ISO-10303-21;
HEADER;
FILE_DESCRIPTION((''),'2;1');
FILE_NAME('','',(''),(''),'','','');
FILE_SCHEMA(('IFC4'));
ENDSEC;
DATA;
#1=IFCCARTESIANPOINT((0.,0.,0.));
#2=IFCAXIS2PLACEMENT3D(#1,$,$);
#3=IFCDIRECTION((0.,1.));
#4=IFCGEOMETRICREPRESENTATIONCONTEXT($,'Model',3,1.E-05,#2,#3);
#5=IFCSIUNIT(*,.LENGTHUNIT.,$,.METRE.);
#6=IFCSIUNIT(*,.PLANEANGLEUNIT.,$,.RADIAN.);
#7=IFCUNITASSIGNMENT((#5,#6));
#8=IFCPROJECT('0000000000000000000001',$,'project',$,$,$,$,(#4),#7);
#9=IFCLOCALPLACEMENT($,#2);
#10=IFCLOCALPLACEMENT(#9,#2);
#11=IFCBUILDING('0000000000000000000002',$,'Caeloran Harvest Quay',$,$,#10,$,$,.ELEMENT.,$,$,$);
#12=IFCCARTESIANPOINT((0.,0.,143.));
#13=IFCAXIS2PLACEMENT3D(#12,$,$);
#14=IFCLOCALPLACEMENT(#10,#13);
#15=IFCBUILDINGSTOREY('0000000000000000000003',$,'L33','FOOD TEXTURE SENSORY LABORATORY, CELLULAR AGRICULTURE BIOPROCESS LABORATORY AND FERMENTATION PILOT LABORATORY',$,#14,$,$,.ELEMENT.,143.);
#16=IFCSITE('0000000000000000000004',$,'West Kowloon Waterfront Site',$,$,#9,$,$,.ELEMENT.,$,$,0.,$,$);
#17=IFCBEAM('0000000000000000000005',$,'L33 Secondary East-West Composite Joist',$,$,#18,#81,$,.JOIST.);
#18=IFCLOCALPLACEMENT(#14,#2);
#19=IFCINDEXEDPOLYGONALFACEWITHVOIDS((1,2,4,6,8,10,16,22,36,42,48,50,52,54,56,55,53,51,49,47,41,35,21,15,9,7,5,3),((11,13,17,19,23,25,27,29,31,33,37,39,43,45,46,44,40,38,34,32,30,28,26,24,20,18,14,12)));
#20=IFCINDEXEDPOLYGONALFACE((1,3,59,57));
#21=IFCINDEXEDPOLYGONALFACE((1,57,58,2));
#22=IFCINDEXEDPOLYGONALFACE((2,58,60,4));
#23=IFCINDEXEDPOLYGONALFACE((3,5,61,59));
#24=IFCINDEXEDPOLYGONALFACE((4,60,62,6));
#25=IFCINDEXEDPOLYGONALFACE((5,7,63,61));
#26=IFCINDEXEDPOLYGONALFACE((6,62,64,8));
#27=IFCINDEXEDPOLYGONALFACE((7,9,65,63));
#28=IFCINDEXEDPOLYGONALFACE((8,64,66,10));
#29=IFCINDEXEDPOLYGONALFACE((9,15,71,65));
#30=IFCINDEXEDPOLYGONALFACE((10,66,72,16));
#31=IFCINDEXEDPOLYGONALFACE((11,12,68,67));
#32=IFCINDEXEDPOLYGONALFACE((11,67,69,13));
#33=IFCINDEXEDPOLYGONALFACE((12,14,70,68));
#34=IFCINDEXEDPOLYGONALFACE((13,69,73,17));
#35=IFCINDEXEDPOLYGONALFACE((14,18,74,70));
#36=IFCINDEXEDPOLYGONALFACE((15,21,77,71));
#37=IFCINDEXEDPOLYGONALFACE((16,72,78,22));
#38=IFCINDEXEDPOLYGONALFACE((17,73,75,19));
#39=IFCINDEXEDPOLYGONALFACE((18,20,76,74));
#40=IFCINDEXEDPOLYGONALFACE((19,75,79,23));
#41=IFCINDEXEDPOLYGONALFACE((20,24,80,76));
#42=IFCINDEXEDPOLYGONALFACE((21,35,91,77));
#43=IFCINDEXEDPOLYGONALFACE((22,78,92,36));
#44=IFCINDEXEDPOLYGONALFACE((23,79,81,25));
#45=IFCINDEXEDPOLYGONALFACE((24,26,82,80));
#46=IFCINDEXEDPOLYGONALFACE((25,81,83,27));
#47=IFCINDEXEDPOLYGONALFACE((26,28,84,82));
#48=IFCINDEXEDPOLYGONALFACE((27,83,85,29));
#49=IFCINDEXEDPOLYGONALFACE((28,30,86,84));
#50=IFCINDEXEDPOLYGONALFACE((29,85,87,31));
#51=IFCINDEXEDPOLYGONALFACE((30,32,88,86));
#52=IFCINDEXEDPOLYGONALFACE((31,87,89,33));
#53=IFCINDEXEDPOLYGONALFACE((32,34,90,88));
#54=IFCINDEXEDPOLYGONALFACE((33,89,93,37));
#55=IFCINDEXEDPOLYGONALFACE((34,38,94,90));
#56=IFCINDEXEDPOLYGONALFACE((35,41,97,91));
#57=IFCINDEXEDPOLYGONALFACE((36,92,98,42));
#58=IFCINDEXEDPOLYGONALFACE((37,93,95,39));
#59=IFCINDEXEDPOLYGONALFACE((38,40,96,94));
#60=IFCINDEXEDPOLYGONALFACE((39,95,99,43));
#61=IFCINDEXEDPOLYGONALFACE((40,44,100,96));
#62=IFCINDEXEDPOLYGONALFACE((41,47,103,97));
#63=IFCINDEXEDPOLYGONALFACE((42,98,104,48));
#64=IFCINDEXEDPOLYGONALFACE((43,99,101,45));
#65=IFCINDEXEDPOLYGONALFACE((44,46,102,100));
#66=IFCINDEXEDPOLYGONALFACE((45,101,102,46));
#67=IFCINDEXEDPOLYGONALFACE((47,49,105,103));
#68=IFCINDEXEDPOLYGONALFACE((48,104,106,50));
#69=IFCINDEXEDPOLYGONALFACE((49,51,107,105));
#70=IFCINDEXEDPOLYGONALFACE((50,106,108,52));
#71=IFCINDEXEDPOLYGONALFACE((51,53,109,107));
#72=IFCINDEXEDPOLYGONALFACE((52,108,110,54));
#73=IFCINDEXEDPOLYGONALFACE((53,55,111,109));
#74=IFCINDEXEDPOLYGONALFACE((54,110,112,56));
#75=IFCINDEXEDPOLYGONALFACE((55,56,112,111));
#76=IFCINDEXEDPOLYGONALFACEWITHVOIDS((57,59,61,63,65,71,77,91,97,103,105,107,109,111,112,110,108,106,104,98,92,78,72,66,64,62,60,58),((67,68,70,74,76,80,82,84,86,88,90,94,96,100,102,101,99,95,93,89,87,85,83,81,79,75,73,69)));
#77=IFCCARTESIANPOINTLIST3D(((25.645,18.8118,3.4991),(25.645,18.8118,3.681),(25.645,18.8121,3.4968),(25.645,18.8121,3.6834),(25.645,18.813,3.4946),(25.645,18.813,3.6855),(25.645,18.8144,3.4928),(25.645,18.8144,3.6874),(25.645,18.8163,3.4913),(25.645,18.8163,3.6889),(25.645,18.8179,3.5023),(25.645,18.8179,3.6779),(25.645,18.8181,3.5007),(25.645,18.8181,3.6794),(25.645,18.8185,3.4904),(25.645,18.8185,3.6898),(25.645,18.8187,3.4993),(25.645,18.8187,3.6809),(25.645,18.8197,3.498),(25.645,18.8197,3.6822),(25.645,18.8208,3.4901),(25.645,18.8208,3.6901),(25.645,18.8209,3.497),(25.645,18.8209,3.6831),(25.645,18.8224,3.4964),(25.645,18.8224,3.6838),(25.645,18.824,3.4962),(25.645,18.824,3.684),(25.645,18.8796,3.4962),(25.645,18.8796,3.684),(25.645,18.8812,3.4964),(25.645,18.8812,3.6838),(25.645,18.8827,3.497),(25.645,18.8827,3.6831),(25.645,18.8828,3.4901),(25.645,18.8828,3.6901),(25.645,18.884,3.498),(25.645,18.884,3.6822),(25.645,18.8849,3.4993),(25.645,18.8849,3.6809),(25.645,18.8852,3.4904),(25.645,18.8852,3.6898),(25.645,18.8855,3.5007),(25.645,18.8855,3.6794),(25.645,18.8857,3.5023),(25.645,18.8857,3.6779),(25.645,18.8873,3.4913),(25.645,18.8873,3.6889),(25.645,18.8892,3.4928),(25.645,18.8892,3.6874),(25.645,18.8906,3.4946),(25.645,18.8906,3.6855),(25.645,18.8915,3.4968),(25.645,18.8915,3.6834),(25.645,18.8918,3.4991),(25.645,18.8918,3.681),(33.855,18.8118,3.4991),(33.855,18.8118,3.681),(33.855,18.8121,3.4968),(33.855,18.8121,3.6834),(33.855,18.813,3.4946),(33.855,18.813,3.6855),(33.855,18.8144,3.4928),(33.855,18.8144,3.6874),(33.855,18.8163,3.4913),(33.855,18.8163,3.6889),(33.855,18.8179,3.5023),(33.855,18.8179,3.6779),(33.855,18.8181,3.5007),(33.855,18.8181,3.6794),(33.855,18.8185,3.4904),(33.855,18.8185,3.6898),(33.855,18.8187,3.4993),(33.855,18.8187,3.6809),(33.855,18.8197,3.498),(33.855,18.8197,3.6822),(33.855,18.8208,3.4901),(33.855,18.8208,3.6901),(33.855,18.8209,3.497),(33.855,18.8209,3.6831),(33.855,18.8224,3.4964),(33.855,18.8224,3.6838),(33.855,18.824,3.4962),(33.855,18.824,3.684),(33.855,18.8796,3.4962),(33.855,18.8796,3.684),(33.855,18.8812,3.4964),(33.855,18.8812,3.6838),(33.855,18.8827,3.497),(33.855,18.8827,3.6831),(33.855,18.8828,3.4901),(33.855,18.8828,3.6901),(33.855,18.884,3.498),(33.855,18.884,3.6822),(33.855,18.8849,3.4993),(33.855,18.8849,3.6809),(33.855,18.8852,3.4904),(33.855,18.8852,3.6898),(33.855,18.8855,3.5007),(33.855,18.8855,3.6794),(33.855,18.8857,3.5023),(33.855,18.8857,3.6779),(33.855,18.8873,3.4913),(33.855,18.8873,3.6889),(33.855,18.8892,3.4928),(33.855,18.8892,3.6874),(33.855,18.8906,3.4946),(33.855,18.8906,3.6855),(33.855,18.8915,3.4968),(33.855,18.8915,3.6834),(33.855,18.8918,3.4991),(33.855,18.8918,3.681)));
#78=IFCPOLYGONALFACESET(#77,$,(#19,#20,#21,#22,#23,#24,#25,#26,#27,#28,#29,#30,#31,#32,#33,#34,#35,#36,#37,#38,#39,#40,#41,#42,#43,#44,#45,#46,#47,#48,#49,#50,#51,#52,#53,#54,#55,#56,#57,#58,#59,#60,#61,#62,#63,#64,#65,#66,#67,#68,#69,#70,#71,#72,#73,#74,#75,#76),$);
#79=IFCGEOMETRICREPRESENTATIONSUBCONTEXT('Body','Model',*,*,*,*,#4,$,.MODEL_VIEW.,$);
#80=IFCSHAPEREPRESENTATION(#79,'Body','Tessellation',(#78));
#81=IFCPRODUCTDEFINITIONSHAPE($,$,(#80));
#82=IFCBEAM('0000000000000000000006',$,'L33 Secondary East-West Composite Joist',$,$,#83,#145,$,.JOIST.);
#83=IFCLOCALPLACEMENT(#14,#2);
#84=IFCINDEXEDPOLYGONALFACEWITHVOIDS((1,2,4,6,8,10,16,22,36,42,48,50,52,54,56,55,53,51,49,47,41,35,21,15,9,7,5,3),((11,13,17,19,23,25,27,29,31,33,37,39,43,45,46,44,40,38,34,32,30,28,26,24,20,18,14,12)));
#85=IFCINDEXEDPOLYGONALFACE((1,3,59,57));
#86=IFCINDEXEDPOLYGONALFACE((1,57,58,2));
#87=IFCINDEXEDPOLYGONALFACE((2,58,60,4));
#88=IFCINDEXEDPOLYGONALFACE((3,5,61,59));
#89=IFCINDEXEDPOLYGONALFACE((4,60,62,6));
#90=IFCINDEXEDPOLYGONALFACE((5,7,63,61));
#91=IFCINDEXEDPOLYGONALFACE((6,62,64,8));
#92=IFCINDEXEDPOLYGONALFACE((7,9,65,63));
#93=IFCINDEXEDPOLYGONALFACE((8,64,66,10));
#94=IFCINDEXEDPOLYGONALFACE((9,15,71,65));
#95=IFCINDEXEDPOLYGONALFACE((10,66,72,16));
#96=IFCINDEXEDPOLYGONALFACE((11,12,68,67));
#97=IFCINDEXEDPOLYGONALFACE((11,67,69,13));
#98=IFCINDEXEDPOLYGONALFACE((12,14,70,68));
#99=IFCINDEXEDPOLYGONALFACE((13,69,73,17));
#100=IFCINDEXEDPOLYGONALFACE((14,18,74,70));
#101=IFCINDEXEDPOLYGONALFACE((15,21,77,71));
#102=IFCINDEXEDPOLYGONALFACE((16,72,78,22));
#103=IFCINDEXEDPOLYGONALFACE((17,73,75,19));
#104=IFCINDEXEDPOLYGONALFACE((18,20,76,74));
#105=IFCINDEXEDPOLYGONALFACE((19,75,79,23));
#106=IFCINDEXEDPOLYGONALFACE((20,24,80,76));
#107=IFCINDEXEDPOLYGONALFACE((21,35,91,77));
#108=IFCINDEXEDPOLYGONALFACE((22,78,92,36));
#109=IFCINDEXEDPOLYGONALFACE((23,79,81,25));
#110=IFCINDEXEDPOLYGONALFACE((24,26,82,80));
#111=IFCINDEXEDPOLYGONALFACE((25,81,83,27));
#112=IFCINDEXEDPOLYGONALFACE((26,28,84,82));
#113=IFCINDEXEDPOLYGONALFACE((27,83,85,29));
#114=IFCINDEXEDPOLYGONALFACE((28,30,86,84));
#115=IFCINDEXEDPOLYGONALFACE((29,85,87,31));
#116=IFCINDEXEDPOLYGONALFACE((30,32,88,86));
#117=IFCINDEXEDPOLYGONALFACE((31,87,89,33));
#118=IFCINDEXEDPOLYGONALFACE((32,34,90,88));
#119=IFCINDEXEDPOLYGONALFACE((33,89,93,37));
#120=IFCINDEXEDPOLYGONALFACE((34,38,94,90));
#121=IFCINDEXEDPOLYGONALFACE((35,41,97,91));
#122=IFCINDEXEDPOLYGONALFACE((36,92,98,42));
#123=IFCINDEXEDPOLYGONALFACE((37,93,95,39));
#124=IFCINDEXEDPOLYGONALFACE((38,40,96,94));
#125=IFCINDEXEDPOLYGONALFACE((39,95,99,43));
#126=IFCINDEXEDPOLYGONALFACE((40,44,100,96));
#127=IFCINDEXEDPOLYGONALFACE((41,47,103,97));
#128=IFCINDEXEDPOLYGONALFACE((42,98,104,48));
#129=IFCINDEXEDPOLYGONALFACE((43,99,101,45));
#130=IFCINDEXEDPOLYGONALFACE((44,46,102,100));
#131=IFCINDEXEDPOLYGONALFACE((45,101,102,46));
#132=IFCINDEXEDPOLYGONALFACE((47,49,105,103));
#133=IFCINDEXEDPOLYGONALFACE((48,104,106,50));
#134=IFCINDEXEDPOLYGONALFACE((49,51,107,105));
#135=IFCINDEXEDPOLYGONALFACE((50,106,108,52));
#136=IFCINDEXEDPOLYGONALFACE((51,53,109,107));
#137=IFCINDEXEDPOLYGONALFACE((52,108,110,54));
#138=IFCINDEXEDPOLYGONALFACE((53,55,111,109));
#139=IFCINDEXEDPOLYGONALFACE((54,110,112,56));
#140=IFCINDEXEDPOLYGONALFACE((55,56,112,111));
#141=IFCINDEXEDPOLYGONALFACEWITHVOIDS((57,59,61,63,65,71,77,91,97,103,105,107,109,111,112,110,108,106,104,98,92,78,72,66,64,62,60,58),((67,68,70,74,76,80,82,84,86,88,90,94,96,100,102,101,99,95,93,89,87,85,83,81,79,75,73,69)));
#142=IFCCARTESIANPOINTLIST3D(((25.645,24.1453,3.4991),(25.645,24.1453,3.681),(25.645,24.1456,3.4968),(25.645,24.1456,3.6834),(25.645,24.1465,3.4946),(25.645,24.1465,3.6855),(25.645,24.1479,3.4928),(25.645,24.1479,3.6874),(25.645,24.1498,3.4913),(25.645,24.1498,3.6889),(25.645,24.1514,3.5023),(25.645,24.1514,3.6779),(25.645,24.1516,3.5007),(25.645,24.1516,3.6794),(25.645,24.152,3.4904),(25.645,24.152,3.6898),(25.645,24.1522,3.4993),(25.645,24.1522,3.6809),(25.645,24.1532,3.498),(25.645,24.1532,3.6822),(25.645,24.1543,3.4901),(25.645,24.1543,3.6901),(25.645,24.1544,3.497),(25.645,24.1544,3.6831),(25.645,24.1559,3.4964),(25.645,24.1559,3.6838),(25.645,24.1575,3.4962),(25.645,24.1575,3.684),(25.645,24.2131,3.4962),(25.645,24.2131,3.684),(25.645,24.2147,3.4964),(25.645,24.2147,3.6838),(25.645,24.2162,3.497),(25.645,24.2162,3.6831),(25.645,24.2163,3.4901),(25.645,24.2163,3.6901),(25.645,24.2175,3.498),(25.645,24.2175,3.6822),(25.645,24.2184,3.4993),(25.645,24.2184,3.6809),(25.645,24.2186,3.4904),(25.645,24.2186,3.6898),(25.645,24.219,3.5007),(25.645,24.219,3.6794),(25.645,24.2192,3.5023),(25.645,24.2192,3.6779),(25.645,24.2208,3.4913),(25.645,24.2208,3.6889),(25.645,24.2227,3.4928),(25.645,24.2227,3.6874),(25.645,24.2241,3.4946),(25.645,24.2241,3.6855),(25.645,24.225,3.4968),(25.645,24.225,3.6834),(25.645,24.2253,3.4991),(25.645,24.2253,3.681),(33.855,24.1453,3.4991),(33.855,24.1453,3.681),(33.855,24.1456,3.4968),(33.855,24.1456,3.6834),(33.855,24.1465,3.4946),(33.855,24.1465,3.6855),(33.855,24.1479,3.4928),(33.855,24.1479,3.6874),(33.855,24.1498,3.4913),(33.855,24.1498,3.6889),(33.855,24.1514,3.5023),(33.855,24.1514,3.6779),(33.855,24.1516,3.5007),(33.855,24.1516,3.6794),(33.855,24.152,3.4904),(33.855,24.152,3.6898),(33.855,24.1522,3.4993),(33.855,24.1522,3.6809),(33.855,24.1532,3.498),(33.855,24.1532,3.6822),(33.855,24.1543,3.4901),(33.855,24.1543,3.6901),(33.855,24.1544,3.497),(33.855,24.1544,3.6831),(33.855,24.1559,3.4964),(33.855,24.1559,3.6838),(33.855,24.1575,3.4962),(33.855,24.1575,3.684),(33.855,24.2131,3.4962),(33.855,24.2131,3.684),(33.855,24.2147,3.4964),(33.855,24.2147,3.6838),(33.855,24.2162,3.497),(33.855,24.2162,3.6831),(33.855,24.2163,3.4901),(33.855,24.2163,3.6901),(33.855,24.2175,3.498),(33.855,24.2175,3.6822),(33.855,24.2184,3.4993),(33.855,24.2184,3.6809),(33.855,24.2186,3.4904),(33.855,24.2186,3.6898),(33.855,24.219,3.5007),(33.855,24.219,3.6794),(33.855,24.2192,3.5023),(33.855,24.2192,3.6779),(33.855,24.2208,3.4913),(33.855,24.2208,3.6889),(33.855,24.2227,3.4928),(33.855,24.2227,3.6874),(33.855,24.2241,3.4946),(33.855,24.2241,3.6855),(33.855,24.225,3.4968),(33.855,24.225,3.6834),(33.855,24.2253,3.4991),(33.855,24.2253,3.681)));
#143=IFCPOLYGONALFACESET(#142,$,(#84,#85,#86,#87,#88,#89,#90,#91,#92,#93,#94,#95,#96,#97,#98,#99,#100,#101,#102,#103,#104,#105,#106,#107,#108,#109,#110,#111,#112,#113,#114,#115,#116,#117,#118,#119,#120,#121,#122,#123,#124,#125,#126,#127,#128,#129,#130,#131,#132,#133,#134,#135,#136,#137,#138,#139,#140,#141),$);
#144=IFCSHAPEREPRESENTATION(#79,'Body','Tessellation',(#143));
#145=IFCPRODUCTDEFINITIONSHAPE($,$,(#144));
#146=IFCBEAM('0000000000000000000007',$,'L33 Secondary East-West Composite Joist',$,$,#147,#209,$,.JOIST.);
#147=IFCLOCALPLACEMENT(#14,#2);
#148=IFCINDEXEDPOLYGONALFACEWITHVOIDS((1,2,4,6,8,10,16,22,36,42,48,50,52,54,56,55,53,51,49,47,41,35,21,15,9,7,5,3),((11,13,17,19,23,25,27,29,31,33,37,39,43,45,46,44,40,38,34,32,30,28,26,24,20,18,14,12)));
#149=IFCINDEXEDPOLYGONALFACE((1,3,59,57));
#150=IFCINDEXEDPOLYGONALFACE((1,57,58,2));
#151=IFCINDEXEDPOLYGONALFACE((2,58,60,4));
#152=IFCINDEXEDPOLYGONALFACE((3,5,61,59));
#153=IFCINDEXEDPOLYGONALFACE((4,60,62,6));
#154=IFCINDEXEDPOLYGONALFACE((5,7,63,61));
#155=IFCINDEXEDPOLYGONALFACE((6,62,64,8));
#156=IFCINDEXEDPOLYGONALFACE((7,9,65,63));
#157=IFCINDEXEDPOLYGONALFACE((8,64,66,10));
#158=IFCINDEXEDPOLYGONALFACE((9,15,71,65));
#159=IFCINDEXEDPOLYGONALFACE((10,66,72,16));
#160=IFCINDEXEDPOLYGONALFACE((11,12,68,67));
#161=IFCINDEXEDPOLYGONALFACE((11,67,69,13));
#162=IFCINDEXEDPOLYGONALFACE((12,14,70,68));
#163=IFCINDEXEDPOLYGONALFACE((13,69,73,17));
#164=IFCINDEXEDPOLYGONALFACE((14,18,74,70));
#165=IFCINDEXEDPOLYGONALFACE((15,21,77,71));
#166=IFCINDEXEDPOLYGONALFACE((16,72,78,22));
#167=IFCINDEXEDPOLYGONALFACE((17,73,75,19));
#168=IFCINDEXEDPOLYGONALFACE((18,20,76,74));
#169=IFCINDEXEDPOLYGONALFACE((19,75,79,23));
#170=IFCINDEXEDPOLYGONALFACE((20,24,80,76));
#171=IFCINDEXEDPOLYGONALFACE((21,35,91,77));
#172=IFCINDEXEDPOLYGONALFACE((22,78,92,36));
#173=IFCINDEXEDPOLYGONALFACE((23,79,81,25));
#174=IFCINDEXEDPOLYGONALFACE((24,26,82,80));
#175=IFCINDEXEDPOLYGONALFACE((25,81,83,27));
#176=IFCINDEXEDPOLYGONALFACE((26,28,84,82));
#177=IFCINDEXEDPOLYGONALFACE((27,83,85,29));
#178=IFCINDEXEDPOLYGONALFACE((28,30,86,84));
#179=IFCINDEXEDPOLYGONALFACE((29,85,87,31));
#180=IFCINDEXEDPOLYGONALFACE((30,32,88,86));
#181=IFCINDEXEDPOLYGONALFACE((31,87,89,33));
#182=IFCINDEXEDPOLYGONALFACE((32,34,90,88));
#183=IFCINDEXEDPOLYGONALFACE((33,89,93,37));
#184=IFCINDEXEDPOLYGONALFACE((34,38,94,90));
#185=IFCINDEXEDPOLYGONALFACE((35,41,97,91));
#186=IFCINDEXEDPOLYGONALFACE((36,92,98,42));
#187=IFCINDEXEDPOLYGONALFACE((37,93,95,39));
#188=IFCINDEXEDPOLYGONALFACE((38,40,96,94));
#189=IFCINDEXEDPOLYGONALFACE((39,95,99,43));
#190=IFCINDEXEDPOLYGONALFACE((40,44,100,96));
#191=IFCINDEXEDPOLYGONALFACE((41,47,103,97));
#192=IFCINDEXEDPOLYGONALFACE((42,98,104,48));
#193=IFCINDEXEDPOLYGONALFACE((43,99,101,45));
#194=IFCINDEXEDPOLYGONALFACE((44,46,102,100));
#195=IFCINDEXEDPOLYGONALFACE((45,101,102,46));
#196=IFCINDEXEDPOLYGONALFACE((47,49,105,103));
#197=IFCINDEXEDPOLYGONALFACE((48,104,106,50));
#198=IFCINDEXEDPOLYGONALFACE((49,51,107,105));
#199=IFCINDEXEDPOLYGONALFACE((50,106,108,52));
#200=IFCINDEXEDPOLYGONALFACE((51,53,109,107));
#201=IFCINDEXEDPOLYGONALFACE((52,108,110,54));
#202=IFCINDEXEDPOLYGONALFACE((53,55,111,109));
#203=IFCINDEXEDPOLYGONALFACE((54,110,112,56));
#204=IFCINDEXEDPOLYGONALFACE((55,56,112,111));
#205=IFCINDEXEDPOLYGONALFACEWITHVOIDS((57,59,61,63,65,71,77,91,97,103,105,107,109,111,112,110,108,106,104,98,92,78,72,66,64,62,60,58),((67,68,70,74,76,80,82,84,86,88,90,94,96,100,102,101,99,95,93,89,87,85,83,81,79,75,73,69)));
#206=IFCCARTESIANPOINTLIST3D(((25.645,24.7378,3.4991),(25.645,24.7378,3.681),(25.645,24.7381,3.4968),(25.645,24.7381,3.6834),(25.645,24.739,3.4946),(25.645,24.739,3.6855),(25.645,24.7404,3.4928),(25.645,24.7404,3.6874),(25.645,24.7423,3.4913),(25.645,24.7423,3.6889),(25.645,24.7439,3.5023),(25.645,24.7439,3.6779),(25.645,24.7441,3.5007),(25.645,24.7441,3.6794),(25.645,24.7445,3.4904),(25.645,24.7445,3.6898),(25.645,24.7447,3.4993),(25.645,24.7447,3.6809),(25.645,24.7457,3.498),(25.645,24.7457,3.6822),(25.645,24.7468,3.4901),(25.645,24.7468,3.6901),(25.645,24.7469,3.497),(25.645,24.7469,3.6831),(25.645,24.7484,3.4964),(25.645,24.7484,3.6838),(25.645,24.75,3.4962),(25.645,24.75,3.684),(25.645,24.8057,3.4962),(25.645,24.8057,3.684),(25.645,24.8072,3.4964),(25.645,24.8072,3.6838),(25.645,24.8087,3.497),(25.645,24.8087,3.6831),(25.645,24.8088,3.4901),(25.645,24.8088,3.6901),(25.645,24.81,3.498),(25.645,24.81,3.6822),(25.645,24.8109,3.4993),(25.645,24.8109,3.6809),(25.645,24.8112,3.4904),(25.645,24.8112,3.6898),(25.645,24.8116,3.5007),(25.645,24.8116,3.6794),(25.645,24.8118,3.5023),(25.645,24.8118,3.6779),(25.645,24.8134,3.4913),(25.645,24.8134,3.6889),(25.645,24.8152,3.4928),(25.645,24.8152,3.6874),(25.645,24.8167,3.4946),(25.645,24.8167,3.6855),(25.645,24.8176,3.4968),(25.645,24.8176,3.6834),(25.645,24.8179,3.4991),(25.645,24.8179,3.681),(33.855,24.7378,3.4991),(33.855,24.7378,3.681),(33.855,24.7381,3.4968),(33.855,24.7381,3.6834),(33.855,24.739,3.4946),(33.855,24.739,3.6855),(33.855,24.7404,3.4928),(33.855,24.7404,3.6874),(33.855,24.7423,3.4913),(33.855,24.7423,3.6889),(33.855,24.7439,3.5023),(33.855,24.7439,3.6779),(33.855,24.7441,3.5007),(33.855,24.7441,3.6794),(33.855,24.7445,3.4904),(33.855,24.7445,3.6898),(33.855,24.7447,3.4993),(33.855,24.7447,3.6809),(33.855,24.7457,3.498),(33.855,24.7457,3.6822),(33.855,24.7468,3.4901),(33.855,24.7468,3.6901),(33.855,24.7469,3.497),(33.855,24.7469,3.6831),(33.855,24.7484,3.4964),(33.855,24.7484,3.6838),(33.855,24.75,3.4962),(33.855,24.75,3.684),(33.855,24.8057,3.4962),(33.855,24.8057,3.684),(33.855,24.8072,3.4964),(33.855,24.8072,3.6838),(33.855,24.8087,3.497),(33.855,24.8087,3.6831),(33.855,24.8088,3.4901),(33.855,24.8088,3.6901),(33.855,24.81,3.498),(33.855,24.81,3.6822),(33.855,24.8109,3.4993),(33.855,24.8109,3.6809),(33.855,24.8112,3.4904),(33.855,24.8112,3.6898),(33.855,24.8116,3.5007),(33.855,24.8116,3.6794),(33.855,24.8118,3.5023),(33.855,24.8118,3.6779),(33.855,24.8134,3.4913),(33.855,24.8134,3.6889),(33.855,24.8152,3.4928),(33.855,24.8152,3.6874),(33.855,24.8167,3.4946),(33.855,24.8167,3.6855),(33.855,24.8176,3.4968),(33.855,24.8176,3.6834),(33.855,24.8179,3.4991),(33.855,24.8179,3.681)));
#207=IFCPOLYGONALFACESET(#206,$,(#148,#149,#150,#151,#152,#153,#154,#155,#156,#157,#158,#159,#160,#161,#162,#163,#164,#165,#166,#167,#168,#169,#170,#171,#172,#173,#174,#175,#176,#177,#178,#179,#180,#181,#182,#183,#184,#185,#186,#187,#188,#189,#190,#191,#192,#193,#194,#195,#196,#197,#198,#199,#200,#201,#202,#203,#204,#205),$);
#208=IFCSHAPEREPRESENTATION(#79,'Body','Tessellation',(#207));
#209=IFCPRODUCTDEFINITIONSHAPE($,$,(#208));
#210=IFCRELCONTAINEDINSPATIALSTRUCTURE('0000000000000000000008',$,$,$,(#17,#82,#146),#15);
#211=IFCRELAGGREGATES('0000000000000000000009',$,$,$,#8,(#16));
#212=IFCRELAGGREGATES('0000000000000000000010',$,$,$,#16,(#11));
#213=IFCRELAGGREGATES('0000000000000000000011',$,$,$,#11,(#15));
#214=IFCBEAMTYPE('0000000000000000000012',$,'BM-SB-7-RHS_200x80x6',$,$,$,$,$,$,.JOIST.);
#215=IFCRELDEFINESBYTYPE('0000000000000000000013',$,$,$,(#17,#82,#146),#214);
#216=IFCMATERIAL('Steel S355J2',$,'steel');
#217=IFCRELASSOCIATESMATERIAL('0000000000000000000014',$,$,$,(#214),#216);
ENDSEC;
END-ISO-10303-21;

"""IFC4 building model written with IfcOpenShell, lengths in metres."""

from ifc_helpers import new_model, si_unit, direction, frame, origin, origin_2d, place, context, subcontext, project, spatial, hollow_rectangle, extrude, material, material_profile, profile_set, type_object, element, save


model = new_model("IFC4")

# Units and contexts
model_context = context("Model", 3, precision=1e-05, world=origin(), true_north=direction((0.0, 1.0)))
body_context = subcontext(model_context, "Body", "Model", "MODEL_VIEW")
ifc_project = project(units=[si_unit("LENGTHUNIT", "METRE"), si_unit("PLANEANGLEUNIT", "RADIAN")], contexts=[model_context])

# Site, building, storey
site_placement = place(None, origin())
site = spatial("IfcSite", under=ifc_project, at=site_placement, Name="West Kowloon Waterfront Site", CompositionType="ELEMENT", RefElevation=0.0)
building_placement = place(site_placement, origin())
building = spatial("IfcBuilding", under=site, at=building_placement, Name="Caeloran Harvest Quay", CompositionType="ELEMENT")
storey_placement = place(building_placement, frame((0.0, 0.0, 143.0)))
storey = spatial("IfcBuildingStorey", under=building, at=storey_placement, Name="L33", Description="FOOD TEXTURE SENSORY LABORATORY, CELLULAR AGRICULTURE BIOPROCESS LABORATORY AND FERMENTATION PILOT LABORATORY", CompositionType="ELEMENT", Elevation=143.0)

# Beams
ifc_material_1 = material(Name="Steel S355J2", Category="steel")
ifc_material_profile_1 = material_profile(ifc_material_1, hollow_rectangle(XDim=0.0801, YDim=0.2, WallThickness=0.0061, InnerFilletRadius=0.0061, OuterFilletRadius=0.009, at=origin_2d()), Name="RHS 200x80x6")
ifc_profile_set_1 = profile_set([ifc_material_profile_1], Name="Steel S355J2")
beam_type_1 = type_object("IfcBeamType", Name="BM-SB-7-RHS_200x80x6", PredefinedType="JOIST", material=ifc_profile_set_1)
for number, where, z_axis, x_axis, name in (
    (1, (25.645, 18.8518, 3.5901), (1.0, 0.0, 0.0), (0.0, 1.0, 0.0), "L33 Secondary East-West Composite Joist"),
    (2, (25.645, 24.1853, 3.5901), (1.0, 0.0, 0.0), (0.0, 1.0, 0.0), "L33 Secondary East-West Composite Joist"),
    (3, (25.645, 24.7778, 3.5901), (1.0, 0.0, 0.0), (0.0, 1.0, 0.0), "L33 Secondary East-West Composite Joist"),
):
    element("IfcBeam", number, at=place(storey_placement, frame(where, z_axis=z_axis, x_axis=x_axis)), inside=storey, type_object=beam_type_1, Name=name, PredefinedType="JOIST", context=body_context, shape_type="SweptSolid", body=[
        extrude(hollow_rectangle(XDim=0.0801, YDim=0.2, WallThickness=0.0061, InnerFilletRadius=0.0061, OuterFilletRadius=0.009, at=origin_2d()), origin(), (0.0, 0.0, 1.0), 8.21),
    ])

save(model, "model.ifc")
